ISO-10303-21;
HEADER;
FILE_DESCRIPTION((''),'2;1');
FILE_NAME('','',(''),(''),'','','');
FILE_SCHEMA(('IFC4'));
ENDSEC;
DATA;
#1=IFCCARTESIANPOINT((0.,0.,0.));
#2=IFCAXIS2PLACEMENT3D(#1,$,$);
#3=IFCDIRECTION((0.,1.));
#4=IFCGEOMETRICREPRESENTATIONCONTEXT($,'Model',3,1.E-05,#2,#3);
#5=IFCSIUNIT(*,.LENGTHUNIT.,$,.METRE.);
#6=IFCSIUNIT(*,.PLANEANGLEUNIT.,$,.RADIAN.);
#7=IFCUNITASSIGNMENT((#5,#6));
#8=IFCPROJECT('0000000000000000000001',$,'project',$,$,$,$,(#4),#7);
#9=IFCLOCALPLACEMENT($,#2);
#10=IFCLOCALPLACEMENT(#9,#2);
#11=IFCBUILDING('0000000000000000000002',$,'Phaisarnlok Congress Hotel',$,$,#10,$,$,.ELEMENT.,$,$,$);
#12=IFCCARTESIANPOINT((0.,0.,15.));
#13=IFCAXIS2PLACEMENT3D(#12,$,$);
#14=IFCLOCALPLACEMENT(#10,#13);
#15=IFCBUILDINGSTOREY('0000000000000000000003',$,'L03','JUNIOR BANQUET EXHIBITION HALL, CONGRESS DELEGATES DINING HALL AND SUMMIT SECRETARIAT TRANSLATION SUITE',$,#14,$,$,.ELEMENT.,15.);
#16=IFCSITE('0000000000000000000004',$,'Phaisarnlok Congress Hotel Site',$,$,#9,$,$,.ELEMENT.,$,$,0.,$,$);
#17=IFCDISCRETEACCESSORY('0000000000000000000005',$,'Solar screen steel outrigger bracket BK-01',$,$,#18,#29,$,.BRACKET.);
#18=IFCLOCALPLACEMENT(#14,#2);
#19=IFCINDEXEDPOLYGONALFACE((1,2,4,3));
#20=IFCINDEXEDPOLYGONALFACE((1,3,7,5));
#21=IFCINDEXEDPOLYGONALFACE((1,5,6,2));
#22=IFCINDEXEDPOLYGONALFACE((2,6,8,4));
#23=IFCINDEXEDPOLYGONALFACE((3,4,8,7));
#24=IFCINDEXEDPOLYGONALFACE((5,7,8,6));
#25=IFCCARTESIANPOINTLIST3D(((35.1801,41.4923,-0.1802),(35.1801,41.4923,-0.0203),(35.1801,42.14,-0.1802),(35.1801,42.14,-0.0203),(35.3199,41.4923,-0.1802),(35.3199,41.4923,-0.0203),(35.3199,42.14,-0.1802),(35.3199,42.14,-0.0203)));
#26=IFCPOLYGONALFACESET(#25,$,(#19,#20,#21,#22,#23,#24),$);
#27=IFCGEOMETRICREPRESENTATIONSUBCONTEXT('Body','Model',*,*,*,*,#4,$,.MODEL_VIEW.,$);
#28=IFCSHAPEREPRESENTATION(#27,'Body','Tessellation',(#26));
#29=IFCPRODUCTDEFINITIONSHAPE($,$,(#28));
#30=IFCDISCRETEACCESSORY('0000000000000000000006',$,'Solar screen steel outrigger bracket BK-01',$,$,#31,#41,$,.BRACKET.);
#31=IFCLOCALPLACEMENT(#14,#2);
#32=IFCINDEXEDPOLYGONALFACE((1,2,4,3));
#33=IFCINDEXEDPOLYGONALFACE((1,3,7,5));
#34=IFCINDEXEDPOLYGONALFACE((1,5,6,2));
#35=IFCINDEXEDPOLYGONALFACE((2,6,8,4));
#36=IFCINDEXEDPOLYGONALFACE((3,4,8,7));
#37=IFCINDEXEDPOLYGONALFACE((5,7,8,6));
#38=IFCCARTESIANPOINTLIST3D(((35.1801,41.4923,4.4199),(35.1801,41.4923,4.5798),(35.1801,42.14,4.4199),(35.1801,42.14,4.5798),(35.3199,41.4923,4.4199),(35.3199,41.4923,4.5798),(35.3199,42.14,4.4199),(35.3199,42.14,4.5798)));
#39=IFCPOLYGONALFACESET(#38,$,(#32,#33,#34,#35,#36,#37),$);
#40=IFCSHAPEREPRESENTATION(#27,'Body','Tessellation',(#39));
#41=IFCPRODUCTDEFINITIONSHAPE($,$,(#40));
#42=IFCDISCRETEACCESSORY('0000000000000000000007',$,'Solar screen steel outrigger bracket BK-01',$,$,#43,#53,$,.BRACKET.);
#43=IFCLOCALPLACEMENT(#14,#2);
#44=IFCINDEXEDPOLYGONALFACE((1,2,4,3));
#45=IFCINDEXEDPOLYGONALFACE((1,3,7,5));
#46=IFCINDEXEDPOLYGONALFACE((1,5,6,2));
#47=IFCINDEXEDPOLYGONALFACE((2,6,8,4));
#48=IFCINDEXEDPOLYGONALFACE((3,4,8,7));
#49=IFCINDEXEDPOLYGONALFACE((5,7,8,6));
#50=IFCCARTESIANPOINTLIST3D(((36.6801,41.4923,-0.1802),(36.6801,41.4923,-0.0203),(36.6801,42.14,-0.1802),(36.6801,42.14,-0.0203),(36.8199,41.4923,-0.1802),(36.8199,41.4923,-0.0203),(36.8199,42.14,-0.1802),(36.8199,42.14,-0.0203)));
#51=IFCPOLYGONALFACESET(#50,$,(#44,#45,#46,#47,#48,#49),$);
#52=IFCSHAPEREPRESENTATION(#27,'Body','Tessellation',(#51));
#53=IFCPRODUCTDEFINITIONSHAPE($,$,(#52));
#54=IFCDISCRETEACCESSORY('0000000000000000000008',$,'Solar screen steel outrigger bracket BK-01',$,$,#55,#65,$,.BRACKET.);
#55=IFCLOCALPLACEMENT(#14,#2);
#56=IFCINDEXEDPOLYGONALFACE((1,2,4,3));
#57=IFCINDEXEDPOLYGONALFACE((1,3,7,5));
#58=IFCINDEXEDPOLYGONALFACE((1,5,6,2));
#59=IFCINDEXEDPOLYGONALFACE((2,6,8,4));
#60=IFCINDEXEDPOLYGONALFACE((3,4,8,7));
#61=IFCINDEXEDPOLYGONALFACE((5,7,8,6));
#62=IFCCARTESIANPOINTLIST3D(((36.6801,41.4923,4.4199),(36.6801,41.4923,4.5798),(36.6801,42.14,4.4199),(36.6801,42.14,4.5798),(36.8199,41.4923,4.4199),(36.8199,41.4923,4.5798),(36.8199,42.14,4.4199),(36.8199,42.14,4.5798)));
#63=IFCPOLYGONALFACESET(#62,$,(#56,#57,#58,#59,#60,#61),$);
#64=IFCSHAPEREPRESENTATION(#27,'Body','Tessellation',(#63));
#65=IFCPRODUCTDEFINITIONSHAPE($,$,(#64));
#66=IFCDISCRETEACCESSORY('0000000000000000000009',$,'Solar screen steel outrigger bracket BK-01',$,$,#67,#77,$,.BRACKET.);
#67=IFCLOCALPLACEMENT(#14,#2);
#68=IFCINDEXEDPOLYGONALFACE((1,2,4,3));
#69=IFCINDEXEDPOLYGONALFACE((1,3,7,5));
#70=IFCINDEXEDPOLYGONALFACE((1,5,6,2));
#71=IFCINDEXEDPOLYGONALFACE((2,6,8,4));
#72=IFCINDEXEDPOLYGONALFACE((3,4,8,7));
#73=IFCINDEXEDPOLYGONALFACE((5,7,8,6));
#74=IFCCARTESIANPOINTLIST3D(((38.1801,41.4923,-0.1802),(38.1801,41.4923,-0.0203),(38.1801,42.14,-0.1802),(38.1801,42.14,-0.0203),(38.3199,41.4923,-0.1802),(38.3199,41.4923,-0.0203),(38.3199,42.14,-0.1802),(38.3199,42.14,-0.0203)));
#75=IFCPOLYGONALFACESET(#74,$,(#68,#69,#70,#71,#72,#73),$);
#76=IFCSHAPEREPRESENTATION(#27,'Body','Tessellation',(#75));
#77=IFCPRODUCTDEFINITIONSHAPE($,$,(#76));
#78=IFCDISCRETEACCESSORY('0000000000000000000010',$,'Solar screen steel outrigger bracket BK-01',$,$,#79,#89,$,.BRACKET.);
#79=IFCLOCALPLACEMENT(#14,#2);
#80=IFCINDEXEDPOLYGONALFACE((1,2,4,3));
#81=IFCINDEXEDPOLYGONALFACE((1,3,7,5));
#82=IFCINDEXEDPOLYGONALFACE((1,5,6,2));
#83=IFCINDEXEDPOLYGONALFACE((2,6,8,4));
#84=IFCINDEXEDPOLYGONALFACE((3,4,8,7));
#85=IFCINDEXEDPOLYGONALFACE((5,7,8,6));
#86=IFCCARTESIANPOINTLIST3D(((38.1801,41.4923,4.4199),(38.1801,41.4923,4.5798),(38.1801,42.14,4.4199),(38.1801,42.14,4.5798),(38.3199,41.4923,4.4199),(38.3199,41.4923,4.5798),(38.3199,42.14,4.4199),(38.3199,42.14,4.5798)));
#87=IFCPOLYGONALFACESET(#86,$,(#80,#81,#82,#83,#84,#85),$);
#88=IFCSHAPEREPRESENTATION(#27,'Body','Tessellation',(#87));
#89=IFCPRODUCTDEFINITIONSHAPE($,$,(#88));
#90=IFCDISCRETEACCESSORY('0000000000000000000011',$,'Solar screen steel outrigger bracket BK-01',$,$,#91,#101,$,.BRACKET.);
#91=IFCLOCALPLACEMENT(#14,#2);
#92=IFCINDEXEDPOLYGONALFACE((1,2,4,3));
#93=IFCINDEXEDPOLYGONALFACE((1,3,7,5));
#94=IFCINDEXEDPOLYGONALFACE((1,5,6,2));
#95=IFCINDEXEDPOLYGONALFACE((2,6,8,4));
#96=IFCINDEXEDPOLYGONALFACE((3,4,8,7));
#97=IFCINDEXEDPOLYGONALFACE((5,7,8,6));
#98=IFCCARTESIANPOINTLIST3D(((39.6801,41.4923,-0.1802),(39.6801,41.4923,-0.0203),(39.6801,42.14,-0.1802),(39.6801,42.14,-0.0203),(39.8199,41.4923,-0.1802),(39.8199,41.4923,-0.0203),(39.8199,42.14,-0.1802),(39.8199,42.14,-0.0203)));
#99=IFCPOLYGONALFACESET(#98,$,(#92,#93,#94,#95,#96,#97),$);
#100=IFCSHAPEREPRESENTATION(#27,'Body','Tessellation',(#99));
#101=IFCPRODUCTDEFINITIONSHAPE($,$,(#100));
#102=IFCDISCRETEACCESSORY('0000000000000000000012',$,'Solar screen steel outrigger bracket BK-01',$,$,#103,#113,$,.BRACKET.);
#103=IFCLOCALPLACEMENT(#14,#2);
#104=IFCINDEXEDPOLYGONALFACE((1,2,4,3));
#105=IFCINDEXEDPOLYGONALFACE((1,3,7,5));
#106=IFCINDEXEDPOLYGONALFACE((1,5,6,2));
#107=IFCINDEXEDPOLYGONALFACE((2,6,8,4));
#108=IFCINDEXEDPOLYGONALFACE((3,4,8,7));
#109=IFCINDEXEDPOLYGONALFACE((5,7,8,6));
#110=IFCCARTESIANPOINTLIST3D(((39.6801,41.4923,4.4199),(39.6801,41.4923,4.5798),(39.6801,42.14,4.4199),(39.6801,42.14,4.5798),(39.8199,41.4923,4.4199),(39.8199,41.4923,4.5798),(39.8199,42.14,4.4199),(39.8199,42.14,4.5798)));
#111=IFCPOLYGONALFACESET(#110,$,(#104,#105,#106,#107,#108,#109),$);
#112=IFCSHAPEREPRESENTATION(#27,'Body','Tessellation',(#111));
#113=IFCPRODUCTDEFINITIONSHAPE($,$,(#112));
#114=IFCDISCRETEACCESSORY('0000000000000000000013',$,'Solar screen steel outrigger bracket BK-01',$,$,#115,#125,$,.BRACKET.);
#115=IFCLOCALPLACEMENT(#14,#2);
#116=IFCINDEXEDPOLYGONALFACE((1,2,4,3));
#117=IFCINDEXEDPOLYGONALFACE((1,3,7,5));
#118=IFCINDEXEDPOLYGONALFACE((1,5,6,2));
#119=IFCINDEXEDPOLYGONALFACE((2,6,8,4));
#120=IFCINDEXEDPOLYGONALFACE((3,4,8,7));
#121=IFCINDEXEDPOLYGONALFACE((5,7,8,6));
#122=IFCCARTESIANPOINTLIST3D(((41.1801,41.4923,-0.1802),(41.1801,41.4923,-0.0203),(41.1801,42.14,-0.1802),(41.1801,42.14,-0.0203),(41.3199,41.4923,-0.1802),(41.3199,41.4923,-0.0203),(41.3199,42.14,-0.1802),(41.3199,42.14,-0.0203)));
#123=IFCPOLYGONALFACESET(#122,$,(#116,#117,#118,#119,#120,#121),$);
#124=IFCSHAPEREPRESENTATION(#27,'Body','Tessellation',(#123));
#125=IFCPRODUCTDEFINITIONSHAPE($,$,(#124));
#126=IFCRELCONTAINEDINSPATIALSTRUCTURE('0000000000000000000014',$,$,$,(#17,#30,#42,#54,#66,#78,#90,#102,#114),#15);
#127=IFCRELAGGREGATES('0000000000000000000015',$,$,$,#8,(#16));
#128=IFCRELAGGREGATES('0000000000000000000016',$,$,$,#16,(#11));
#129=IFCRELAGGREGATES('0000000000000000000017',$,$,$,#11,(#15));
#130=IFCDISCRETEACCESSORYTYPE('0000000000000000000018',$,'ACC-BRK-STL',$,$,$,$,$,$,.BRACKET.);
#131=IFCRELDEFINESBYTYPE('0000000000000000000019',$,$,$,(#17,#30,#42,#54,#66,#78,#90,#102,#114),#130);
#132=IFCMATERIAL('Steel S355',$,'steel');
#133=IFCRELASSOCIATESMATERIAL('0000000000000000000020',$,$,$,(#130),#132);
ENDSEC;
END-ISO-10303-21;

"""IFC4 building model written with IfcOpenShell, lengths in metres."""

from ifc_helpers import new_model, si_unit, direction, frame, origin, origin_2d, place, context, subcontext, project, spatial, rectangle, extrude, material, type_object, element, save


model = new_model("IFC4")

# Units and contexts
model_context = context("Model", 3, precision=1e-05, world=origin(), true_north=direction((0.0, 1.0)))
body_context = subcontext(model_context, "Body", "Model", "MODEL_VIEW")
ifc_project = project(units=[si_unit("LENGTHUNIT", "METRE"), si_unit("PLANEANGLEUNIT", "RADIAN")], contexts=[model_context])

# Site, building, storey
site_placement = place(None, origin())
site = spatial("IfcSite", under=ifc_project, at=site_placement, Name="Phaisarnlok Congress Hotel Site", CompositionType="ELEMENT", RefElevation=0.0)
building_placement = place(site_placement, origin())
building = spatial("IfcBuilding", under=site, at=building_placement, Name="Phaisarnlok Congress Hotel", CompositionType="ELEMENT")
storey_placement = place(building_placement, frame((0.0, 0.0, 15.0)))
storey = spatial("IfcBuildingStorey", under=building, at=storey_placement, Name="L03", Description="JUNIOR BANQUET EXHIBITION HALL, CONGRESS DELEGATES DINING HALL AND SUMMIT SECRETARIAT TRANSLATION SUITE", CompositionType="ELEMENT", Elevation=15.0)

# Discrete accessories
ifc_material_1 = material(Name="Steel S355", Category="steel")
discrete_accessory_type = type_object("IfcDiscreteAccessoryType", Name="ACC-BRK-STL", PredefinedType="BRACKET", material=ifc_material_1)
for number, where, z_axis, x_axis, name in (
    (1, (35.25, 41.8162, -0.1802), (0.0, 0.0, 1.0), (1.0, 0.0, 0.0), "Solar screen steel outrigger bracket BK-01"),
    (2, (35.25, 41.8162, 4.4199), (0.0, 0.0, 1.0), (1.0, 0.0, 0.0), "Solar screen steel outrigger bracket BK-01"),
    (3, (36.75, 41.8162, -0.1802), (0.0, 0.0, 1.0), (1.0, 0.0, 0.0), "Solar screen steel outrigger bracket BK-01"),
    (4, (36.75, 41.8162, 4.4199), (0.0, 0.0, 1.0), (1.0, 0.0, 0.0), "Solar screen steel outrigger bracket BK-01"),
    (5, (38.25, 41.8162, -0.1802), (0.0, 0.0, 1.0), (1.0, 0.0, 0.0), "Solar screen steel outrigger bracket BK-01"),
    (6, (38.25, 41.8162, 4.4199), (0.0, 0.0, 1.0), (1.0, 0.0, 0.0), "Solar screen steel outrigger bracket BK-01"),
    (7, (39.75, 41.8162, -0.1802), (0.0, 0.0, 1.0), (1.0, 0.0, 0.0), "Solar screen steel outrigger bracket BK-01"),
    (8, (39.75, 41.8162, 4.4199), (0.0, 0.0, 1.0), (1.0, 0.0, 0.0), "Solar screen steel outrigger bracket BK-01"),
    (9, (41.25, 41.8162, -0.1802), (0.0, 0.0, 1.0), (1.0, 0.0, 0.0), "Solar screen steel outrigger bracket BK-01"),
):
    element("IfcDiscreteAccessory", number, at=place(storey_placement, frame(where, z_axis=z_axis, x_axis=x_axis)), inside=storey, type_object=discrete_accessory_type, Name=name, PredefinedType="BRACKET", context=body_context, shape_type="SweptSolid", body=[
        extrude(rectangle(XDim=0.1399, YDim=0.6477, at=origin_2d()), origin(), (0.0, 0.0, 1.0), 0.1599),
    ])

save(model, "model.ifc")
